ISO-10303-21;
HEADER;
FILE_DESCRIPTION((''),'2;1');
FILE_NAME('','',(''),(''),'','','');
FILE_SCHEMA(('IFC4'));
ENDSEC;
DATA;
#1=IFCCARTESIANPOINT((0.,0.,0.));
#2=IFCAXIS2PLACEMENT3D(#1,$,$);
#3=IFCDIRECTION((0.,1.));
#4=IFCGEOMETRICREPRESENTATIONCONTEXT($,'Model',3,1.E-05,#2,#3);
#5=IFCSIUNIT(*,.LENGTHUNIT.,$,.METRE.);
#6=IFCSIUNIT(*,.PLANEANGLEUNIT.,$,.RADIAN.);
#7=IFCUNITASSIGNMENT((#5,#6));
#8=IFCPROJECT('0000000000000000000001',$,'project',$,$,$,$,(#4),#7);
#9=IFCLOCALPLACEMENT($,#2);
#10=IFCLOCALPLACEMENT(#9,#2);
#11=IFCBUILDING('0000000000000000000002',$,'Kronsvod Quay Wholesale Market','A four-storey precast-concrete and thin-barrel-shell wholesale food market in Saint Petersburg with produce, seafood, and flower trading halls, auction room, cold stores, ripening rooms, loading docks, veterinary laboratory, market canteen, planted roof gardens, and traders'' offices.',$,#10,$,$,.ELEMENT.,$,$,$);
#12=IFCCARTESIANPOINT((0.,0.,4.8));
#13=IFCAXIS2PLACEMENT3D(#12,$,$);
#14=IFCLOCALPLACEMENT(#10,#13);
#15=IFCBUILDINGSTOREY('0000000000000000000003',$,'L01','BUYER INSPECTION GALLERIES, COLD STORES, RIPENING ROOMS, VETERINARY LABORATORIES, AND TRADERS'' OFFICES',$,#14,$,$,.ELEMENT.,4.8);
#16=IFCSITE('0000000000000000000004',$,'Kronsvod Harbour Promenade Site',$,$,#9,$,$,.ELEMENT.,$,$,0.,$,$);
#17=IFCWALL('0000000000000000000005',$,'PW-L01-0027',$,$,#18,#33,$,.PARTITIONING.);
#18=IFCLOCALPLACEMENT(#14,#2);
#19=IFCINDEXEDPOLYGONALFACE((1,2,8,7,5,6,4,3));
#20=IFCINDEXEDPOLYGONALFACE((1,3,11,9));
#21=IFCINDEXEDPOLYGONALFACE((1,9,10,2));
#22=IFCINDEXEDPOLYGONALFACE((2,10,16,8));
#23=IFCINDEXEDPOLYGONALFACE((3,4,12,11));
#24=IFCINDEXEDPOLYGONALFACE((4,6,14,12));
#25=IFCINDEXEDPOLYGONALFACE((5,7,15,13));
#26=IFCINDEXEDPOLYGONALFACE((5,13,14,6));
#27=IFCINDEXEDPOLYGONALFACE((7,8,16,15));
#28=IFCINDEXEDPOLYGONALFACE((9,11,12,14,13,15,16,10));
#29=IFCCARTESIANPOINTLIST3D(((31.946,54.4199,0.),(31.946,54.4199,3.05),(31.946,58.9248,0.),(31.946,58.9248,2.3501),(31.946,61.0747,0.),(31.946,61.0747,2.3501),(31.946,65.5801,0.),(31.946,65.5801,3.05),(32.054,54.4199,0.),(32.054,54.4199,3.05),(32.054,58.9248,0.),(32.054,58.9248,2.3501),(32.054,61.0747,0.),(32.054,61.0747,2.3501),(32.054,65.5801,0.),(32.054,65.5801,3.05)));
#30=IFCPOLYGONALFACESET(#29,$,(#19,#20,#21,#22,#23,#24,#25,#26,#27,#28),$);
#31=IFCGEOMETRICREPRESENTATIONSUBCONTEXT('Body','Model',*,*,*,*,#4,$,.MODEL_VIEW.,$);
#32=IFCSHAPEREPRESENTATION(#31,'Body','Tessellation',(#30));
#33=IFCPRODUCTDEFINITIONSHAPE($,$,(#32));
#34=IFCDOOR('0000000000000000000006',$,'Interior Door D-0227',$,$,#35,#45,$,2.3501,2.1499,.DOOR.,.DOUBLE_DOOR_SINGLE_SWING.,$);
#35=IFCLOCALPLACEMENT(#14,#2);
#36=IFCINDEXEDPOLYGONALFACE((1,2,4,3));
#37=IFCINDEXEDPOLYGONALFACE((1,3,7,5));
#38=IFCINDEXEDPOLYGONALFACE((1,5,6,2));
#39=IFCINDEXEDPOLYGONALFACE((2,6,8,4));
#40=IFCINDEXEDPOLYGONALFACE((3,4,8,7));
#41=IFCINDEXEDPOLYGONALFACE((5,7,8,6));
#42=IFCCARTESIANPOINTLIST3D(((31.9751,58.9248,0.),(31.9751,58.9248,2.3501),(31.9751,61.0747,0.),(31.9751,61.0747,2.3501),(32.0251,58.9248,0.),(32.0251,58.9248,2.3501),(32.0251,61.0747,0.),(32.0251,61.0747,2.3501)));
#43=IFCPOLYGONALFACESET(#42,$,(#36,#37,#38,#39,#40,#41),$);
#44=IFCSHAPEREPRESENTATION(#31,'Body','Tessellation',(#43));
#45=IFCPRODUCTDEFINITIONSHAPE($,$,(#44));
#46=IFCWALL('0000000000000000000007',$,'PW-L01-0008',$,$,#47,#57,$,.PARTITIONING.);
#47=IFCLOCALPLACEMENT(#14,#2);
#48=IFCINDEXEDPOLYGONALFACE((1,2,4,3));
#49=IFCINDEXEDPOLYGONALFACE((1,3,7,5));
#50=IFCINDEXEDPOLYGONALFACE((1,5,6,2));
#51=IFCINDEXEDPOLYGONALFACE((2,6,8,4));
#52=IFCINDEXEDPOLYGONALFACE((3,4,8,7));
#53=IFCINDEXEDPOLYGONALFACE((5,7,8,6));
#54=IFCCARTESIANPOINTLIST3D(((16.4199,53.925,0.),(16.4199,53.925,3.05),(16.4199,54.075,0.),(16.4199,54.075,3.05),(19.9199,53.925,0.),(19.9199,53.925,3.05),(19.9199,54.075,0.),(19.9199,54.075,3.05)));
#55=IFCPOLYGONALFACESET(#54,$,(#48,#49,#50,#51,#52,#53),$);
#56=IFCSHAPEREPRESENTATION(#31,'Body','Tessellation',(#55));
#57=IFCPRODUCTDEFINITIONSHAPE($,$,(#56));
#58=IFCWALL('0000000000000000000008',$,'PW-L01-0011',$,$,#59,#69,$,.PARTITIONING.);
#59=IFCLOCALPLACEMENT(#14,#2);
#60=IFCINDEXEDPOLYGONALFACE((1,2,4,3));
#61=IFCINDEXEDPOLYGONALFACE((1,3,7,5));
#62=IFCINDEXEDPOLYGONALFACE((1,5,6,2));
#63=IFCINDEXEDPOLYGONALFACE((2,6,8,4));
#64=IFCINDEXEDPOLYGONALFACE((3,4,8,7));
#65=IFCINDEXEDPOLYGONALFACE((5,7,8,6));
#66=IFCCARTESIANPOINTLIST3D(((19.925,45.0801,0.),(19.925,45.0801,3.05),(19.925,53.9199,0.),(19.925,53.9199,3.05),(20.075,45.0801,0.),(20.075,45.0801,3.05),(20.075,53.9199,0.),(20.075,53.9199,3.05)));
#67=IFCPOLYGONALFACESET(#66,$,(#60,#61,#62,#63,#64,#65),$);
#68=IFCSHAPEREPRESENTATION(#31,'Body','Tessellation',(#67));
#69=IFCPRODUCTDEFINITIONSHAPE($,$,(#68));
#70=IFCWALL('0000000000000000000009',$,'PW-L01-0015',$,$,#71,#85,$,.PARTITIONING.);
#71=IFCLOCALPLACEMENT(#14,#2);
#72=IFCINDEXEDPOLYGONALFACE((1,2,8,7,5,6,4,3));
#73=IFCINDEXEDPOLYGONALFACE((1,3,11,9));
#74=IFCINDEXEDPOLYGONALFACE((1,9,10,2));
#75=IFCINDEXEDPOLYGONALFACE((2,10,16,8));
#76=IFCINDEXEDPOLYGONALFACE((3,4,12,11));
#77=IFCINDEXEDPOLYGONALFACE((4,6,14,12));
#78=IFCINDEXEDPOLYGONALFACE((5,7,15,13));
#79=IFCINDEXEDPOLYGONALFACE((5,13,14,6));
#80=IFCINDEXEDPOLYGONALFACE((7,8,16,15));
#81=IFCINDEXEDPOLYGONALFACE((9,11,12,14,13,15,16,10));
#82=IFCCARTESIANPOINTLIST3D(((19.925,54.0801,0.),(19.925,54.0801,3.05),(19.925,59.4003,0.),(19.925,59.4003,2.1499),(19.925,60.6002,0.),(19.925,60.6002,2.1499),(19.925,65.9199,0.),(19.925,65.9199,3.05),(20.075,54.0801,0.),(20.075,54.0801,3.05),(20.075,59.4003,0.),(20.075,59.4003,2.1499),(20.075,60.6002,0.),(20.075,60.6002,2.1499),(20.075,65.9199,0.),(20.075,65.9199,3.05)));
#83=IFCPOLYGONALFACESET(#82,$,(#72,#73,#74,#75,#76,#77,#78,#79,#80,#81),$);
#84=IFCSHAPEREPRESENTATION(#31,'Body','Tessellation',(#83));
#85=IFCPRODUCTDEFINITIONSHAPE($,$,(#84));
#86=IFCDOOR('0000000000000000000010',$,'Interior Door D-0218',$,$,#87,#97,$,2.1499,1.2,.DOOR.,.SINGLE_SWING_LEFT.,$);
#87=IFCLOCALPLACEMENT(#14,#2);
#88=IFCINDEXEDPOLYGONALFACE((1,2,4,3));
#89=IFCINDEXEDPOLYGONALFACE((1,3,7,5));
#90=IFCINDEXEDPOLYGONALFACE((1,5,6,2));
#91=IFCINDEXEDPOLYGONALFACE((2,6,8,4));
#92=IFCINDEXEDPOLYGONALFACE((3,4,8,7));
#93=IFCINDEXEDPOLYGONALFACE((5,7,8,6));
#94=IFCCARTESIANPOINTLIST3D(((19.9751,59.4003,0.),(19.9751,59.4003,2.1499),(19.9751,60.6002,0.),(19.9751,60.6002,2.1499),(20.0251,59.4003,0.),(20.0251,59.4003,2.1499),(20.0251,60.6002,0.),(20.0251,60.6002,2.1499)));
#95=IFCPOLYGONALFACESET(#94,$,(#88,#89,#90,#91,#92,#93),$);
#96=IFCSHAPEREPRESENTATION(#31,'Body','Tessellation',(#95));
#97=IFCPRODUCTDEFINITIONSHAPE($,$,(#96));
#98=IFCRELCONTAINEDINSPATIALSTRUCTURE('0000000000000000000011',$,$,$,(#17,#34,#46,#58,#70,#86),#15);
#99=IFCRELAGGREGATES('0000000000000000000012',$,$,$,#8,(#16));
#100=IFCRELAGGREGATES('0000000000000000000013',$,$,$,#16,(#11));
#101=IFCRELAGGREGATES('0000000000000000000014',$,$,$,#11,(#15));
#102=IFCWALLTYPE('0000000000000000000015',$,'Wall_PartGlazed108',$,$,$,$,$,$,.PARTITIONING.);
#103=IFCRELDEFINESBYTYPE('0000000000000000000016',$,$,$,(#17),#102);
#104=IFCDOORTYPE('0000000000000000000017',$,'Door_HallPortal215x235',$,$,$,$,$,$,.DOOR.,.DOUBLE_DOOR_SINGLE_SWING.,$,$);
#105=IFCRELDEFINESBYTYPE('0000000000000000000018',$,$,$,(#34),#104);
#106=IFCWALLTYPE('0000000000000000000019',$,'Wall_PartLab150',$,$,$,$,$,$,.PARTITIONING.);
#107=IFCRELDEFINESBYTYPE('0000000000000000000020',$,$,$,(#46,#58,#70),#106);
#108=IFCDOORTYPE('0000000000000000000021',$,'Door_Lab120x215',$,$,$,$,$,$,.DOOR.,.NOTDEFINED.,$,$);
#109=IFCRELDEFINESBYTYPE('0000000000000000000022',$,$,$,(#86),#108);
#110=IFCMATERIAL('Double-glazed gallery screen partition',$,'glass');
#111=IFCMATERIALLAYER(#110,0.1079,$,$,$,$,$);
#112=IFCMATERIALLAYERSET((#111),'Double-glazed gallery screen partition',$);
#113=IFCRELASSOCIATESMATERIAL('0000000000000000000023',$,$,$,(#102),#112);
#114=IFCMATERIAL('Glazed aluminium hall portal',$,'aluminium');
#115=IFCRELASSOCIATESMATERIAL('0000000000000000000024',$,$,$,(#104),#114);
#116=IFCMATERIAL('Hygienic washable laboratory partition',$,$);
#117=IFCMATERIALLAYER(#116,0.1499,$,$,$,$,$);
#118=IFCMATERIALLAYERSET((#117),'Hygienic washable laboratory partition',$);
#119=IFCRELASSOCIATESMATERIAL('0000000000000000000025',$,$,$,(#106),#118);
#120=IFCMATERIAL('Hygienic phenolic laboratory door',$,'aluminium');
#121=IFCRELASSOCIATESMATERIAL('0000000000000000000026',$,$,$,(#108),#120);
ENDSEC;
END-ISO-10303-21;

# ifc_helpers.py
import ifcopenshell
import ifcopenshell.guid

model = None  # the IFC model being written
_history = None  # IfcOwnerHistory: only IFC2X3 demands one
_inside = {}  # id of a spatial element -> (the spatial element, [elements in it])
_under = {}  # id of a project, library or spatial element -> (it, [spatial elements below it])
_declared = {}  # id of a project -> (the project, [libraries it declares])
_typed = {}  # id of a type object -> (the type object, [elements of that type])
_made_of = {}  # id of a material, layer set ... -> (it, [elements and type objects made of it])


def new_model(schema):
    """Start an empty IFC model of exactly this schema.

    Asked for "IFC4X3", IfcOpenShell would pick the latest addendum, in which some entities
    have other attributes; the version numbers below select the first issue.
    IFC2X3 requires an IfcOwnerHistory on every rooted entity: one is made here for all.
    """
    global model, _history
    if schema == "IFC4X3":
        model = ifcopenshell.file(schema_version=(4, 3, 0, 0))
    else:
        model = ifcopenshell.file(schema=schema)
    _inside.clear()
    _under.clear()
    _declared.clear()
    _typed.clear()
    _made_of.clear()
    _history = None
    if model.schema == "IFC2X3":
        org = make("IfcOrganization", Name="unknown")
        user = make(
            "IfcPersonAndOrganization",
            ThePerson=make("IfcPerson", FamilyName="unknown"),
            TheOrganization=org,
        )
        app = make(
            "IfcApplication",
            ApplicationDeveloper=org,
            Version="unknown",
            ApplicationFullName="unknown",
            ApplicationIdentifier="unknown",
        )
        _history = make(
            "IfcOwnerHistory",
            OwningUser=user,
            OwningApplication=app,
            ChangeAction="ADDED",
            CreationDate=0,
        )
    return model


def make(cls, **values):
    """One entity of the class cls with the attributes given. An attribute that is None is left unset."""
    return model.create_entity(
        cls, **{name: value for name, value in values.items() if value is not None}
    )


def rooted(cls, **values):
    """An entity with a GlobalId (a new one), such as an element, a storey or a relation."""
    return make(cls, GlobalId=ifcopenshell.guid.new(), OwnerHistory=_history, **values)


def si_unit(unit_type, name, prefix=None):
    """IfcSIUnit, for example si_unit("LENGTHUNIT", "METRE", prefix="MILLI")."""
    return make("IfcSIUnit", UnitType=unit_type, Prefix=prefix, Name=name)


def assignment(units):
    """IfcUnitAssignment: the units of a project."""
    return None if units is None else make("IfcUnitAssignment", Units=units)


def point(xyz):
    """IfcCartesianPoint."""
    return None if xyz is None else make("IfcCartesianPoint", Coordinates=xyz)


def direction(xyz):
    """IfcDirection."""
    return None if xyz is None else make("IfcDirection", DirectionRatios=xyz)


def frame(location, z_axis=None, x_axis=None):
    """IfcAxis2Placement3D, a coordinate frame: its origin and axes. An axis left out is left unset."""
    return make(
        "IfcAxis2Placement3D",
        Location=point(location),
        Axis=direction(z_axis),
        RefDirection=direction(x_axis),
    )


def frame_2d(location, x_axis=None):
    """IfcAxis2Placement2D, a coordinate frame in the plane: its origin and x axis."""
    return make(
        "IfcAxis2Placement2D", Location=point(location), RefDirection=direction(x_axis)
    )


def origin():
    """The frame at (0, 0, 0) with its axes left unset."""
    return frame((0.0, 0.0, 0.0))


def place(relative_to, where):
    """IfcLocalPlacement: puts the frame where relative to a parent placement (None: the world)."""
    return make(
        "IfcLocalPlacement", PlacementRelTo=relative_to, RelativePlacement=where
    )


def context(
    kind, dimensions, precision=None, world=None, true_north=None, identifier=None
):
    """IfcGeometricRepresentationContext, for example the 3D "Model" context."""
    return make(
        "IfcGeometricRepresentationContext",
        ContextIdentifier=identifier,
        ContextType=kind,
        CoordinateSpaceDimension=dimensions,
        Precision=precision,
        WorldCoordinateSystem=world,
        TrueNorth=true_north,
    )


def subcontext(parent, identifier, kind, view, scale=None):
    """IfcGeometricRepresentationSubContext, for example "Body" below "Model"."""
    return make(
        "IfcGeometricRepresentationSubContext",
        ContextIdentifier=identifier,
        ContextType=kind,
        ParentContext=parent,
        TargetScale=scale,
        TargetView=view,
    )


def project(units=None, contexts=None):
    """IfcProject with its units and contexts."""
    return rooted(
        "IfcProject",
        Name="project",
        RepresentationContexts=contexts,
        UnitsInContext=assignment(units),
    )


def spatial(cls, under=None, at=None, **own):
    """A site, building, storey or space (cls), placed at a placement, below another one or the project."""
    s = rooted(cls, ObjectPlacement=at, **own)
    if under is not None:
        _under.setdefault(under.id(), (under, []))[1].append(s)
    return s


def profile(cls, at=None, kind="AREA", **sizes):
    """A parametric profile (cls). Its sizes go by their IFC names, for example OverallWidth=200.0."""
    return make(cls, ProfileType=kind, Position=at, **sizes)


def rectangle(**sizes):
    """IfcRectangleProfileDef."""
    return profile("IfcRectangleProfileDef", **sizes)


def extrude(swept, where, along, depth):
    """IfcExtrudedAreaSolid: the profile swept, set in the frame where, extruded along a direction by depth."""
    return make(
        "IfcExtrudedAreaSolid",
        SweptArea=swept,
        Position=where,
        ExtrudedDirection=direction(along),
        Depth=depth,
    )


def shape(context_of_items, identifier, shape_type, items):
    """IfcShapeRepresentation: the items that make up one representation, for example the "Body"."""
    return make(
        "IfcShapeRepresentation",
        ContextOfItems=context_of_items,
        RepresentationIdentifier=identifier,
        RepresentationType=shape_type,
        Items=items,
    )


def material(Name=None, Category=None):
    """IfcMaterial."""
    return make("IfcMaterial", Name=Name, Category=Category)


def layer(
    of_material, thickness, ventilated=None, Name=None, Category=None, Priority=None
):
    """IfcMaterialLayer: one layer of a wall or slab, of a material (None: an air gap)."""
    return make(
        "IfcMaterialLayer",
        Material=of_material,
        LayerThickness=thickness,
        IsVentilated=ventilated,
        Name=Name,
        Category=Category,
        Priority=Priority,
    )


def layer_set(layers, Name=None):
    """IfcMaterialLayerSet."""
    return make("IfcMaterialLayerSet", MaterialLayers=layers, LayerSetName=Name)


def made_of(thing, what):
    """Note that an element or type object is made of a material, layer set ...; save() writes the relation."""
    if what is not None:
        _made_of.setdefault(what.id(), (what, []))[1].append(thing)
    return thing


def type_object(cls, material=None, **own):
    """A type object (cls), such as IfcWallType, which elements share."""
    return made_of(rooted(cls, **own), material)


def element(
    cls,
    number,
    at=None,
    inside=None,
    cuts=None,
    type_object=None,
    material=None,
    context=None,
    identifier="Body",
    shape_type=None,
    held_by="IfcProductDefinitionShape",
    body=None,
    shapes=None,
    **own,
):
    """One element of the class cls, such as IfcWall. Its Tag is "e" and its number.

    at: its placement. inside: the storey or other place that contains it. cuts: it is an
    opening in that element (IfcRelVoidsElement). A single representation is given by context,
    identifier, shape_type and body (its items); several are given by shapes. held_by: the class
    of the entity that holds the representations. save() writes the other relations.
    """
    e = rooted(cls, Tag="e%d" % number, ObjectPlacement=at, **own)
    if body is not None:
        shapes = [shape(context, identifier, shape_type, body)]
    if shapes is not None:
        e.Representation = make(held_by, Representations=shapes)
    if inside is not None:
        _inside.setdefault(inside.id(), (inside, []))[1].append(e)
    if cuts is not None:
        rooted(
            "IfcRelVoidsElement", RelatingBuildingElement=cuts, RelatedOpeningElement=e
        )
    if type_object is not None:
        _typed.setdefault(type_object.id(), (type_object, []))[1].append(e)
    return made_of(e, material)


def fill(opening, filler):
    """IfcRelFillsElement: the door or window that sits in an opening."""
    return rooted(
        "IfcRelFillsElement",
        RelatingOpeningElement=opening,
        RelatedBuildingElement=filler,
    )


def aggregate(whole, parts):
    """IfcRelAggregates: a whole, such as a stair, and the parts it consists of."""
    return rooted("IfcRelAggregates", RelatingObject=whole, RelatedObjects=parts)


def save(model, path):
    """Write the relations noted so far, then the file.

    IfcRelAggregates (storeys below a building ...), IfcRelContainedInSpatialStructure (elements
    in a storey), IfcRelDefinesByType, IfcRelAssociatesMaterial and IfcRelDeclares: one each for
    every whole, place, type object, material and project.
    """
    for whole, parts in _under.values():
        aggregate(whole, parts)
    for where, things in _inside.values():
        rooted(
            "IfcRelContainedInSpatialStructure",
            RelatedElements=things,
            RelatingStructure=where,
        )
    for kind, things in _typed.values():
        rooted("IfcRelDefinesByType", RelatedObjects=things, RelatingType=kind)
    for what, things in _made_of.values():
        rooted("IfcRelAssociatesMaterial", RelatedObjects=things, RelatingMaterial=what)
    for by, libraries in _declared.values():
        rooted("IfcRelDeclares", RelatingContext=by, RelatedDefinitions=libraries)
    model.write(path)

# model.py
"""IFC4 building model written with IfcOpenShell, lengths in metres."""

from ifc_helpers import new_model, si_unit, direction, frame, frame_2d, origin, place, context, subcontext, project, spatial, rectangle, extrude, material, layer, layer_set, type_object, element, fill, save


model = new_model("IFC4")

# Units and contexts
model_context = context("Model", 3, precision=1e-05, world=origin(), true_north=direction((0.0, 1.0)))
body_context = subcontext(model_context, "Body", "Model", "MODEL_VIEW")
ifc_project = project(units=[si_unit("LENGTHUNIT", "METRE"), si_unit("PLANEANGLEUNIT", "RADIAN")], contexts=[model_context])

# Site, building, storey
site_placement = place(None, origin())
site = spatial("IfcSite", under=ifc_project, at=site_placement, Name="Kronsvod Harbour Promenade Site", CompositionType="ELEMENT", RefElevation=0.0)
building_placement = place(site_placement, origin())
building = spatial("IfcBuilding", under=site, at=building_placement, Name="Kronsvod Quay Wholesale Market", Description="A four-storey precast-concrete and thin-barrel-shell wholesale food market in Saint Petersburg with produce, seafood, and flower trading halls, auction room, cold stores, ripening rooms, loading docks, veterinary laboratory, market canteen, planted roof gardens, and traders' offices.", CompositionType="ELEMENT")
storey_placement = place(building_placement, frame((0.0, 0.0, 4.8)))
storey = spatial("IfcBuildingStorey", under=building, at=storey_placement, Name="L01", Description="BUYER INSPECTION GALLERIES, COLD STORES, RIPENING ROOMS, VETERINARY LABORATORIES, AND TRADERS' OFFICES", CompositionType="ELEMENT", Elevation=4.8)

# Wall, opening, door
ifc_material_1 = material(Name="Double-glazed gallery screen partition", Category="glass")
ifc_layer_1 = layer(ifc_material_1, 0.1079)
ifc_layer_set_1 = layer_set([ifc_layer_1], Name="Double-glazed gallery screen partition")
wall_type_1 = type_object("IfcWallType", Name="Wall_PartGlazed108", PredefinedType="PARTITIONING", material=ifc_layer_set_1)
wall_1_placement = place(storey_placement, frame((32.0, 54.4199, 0.0), z_axis=(0.0, 0.0, 1.0), x_axis=(0.0, 1.0, 0.0)))
wall_1 = element("IfcWall", 1, at=wall_1_placement, inside=storey, type_object=wall_type_1, Name="PW-L01-0027", PredefinedType="PARTITIONING", context=body_context, shape_type="SweptSolid", body=[
    extrude(rectangle(XDim=11.1602, YDim=0.1079, at=frame_2d((5.5801, 0.0))), origin(), (0.0, 0.0, 1.0), 3.05),
])
opening_1_placement = place(wall_1_placement, frame((4.5049, 0.0, 0.0)))
opening_1 = element("IfcOpeningElement", 2, at=opening_1_placement, cuts=wall_1, PredefinedType="OPENING", context=body_context, shape_type="SweptSolid", body=[
    extrude(rectangle(XDim=2.1499, YDim=2.3501, at=frame_2d((1.075, 1.175))), frame((0.0, 0.064, 0.0), z_axis=(0.0, -1.0, 0.0), x_axis=(1.0, 0.0, 0.0)), (0.0, 0.0, 1.0), 0.1279),
])
ifc_material_2 = material(Name="Glazed aluminium hall portal", Category="aluminium")
door_type_1 = type_object("IfcDoorType", Name="Door_HallPortal215x235", OperationType="DOUBLE_DOOR_SINGLE_SWING", PredefinedType="DOOR", material=ifc_material_2)
door_1_placement = place(opening_1_placement, origin())
door_1 = element("IfcDoor", 3, at=door_1_placement, inside=storey, type_object=door_type_1, Name="Interior Door D-0227", OperationType="DOUBLE_DOOR_SINGLE_SWING", OverallHeight=2.3501, OverallWidth=2.1499, PredefinedType="DOOR", context=body_context, shape_type="SweptSolid", body=[
    extrude(rectangle(XDim=2.1499, YDim=2.3501, at=frame_2d((1.075, 1.175))), frame((0.0, 0.0249, 0.0), z_axis=(0.0, -1.0, 0.0), x_axis=(1.0, 0.0, 0.0)), (0.0, 0.0, 1.0), 0.05),
])
fill(opening_1, door_1)

# Walls
ifc_material_3 = material(Name="Hygienic washable laboratory partition")
ifc_layer_2 = layer(ifc_material_3, 0.1499)
ifc_layer_set_2 = layer_set([ifc_layer_2], Name="Hygienic washable laboratory partition")
wall_type_2 = type_object("IfcWallType", Name="Wall_PartLab150", PredefinedType="PARTITIONING", material=ifc_layer_set_2)
wall_2_placement = place(storey_placement, frame((16.4199, 54.0, 0.0), z_axis=(0.0, 0.0, 1.0), x_axis=(1.0, 0.0, 0.0)))
element("IfcWall", 4, at=wall_2_placement, inside=storey, type_object=wall_type_2, Name="PW-L01-0008", PredefinedType="PARTITIONING", context=body_context, shape_type="SweptSolid", body=[
    extrude(rectangle(XDim=3.5, YDim=0.1499, at=frame_2d((1.75, 0.0))), origin(), (0.0, 0.0, 1.0), 3.05),
])
wall_3_placement = place(storey_placement, frame((20.0, 45.0801, 0.0), z_axis=(0.0, 0.0, 1.0), x_axis=(0.0, 1.0, 0.0)))
element("IfcWall", 5, at=wall_3_placement, inside=storey, type_object=wall_type_2, Name="PW-L01-0011", PredefinedType="PARTITIONING", context=body_context, shape_type="SweptSolid", body=[
    extrude(rectangle(XDim=8.8398, YDim=0.1499, at=frame_2d((4.4199, 0.0))), origin(), (0.0, 0.0, 1.0), 3.05),
])

# Wall, opening, door
wall_4_placement = place(storey_placement, frame((20.0, 54.0801, 0.0), z_axis=(0.0, 0.0, 1.0), x_axis=(0.0, 1.0, 0.0)))
wall_4 = element("IfcWall", 6, at=wall_4_placement, inside=storey, type_object=wall_type_2, Name="PW-L01-0015", PredefinedType="PARTITIONING", context=body_context, shape_type="SweptSolid", body=[
    extrude(rectangle(XDim=11.8398, YDim=0.1499, at=frame_2d((5.9199, 0.0))), origin(), (0.0, 0.0, 1.0), 3.05),
])
opening_2_placement = place(wall_4_placement, frame((5.3201, 0.0, 0.0)))
opening_2 = element("IfcOpeningElement", 7, at=opening_2_placement, cuts=wall_4, PredefinedType="OPENING", context=body_context, shape_type="SweptSolid", body=[
    extrude(rectangle(XDim=1.2, YDim=2.1499, at=frame_2d((0.6001, 1.075))), frame((0.0, 0.085, 0.0), z_axis=(0.0, -1.0, 0.0), x_axis=(1.0, 0.0, 0.0)), (0.0, 0.0, 1.0), 0.1699),
])
ifc_material_4 = material(Name="Hygienic phenolic laboratory door", Category="aluminium")
door_type_2 = type_object("IfcDoorType", Name="Door_Lab120x215", OperationType="NOTDEFINED", PredefinedType="DOOR", material=ifc_material_4)
door_2_placement = place(opening_2_placement, origin())
door_2 = element("IfcDoor", 8, at=door_2_placement, inside=storey, type_object=door_type_2, Name="Interior Door D-0218", OperationType="SINGLE_SWING_LEFT", OverallHeight=2.1499, OverallWidth=1.2, PredefinedType="DOOR", context=body_context, shape_type="SweptSolid", body=[
    extrude(rectangle(XDim=1.2, YDim=2.1499, at=frame_2d((0.6001, 1.075))), frame((0.0, 0.0249, 0.0), z_axis=(0.0, -1.0, 0.0), x_axis=(1.0, 0.0, 0.0)), (0.0, 0.0, 1.0), 0.05),
])
fill(opening_2, door_2)

save(model, "model.ifc")
